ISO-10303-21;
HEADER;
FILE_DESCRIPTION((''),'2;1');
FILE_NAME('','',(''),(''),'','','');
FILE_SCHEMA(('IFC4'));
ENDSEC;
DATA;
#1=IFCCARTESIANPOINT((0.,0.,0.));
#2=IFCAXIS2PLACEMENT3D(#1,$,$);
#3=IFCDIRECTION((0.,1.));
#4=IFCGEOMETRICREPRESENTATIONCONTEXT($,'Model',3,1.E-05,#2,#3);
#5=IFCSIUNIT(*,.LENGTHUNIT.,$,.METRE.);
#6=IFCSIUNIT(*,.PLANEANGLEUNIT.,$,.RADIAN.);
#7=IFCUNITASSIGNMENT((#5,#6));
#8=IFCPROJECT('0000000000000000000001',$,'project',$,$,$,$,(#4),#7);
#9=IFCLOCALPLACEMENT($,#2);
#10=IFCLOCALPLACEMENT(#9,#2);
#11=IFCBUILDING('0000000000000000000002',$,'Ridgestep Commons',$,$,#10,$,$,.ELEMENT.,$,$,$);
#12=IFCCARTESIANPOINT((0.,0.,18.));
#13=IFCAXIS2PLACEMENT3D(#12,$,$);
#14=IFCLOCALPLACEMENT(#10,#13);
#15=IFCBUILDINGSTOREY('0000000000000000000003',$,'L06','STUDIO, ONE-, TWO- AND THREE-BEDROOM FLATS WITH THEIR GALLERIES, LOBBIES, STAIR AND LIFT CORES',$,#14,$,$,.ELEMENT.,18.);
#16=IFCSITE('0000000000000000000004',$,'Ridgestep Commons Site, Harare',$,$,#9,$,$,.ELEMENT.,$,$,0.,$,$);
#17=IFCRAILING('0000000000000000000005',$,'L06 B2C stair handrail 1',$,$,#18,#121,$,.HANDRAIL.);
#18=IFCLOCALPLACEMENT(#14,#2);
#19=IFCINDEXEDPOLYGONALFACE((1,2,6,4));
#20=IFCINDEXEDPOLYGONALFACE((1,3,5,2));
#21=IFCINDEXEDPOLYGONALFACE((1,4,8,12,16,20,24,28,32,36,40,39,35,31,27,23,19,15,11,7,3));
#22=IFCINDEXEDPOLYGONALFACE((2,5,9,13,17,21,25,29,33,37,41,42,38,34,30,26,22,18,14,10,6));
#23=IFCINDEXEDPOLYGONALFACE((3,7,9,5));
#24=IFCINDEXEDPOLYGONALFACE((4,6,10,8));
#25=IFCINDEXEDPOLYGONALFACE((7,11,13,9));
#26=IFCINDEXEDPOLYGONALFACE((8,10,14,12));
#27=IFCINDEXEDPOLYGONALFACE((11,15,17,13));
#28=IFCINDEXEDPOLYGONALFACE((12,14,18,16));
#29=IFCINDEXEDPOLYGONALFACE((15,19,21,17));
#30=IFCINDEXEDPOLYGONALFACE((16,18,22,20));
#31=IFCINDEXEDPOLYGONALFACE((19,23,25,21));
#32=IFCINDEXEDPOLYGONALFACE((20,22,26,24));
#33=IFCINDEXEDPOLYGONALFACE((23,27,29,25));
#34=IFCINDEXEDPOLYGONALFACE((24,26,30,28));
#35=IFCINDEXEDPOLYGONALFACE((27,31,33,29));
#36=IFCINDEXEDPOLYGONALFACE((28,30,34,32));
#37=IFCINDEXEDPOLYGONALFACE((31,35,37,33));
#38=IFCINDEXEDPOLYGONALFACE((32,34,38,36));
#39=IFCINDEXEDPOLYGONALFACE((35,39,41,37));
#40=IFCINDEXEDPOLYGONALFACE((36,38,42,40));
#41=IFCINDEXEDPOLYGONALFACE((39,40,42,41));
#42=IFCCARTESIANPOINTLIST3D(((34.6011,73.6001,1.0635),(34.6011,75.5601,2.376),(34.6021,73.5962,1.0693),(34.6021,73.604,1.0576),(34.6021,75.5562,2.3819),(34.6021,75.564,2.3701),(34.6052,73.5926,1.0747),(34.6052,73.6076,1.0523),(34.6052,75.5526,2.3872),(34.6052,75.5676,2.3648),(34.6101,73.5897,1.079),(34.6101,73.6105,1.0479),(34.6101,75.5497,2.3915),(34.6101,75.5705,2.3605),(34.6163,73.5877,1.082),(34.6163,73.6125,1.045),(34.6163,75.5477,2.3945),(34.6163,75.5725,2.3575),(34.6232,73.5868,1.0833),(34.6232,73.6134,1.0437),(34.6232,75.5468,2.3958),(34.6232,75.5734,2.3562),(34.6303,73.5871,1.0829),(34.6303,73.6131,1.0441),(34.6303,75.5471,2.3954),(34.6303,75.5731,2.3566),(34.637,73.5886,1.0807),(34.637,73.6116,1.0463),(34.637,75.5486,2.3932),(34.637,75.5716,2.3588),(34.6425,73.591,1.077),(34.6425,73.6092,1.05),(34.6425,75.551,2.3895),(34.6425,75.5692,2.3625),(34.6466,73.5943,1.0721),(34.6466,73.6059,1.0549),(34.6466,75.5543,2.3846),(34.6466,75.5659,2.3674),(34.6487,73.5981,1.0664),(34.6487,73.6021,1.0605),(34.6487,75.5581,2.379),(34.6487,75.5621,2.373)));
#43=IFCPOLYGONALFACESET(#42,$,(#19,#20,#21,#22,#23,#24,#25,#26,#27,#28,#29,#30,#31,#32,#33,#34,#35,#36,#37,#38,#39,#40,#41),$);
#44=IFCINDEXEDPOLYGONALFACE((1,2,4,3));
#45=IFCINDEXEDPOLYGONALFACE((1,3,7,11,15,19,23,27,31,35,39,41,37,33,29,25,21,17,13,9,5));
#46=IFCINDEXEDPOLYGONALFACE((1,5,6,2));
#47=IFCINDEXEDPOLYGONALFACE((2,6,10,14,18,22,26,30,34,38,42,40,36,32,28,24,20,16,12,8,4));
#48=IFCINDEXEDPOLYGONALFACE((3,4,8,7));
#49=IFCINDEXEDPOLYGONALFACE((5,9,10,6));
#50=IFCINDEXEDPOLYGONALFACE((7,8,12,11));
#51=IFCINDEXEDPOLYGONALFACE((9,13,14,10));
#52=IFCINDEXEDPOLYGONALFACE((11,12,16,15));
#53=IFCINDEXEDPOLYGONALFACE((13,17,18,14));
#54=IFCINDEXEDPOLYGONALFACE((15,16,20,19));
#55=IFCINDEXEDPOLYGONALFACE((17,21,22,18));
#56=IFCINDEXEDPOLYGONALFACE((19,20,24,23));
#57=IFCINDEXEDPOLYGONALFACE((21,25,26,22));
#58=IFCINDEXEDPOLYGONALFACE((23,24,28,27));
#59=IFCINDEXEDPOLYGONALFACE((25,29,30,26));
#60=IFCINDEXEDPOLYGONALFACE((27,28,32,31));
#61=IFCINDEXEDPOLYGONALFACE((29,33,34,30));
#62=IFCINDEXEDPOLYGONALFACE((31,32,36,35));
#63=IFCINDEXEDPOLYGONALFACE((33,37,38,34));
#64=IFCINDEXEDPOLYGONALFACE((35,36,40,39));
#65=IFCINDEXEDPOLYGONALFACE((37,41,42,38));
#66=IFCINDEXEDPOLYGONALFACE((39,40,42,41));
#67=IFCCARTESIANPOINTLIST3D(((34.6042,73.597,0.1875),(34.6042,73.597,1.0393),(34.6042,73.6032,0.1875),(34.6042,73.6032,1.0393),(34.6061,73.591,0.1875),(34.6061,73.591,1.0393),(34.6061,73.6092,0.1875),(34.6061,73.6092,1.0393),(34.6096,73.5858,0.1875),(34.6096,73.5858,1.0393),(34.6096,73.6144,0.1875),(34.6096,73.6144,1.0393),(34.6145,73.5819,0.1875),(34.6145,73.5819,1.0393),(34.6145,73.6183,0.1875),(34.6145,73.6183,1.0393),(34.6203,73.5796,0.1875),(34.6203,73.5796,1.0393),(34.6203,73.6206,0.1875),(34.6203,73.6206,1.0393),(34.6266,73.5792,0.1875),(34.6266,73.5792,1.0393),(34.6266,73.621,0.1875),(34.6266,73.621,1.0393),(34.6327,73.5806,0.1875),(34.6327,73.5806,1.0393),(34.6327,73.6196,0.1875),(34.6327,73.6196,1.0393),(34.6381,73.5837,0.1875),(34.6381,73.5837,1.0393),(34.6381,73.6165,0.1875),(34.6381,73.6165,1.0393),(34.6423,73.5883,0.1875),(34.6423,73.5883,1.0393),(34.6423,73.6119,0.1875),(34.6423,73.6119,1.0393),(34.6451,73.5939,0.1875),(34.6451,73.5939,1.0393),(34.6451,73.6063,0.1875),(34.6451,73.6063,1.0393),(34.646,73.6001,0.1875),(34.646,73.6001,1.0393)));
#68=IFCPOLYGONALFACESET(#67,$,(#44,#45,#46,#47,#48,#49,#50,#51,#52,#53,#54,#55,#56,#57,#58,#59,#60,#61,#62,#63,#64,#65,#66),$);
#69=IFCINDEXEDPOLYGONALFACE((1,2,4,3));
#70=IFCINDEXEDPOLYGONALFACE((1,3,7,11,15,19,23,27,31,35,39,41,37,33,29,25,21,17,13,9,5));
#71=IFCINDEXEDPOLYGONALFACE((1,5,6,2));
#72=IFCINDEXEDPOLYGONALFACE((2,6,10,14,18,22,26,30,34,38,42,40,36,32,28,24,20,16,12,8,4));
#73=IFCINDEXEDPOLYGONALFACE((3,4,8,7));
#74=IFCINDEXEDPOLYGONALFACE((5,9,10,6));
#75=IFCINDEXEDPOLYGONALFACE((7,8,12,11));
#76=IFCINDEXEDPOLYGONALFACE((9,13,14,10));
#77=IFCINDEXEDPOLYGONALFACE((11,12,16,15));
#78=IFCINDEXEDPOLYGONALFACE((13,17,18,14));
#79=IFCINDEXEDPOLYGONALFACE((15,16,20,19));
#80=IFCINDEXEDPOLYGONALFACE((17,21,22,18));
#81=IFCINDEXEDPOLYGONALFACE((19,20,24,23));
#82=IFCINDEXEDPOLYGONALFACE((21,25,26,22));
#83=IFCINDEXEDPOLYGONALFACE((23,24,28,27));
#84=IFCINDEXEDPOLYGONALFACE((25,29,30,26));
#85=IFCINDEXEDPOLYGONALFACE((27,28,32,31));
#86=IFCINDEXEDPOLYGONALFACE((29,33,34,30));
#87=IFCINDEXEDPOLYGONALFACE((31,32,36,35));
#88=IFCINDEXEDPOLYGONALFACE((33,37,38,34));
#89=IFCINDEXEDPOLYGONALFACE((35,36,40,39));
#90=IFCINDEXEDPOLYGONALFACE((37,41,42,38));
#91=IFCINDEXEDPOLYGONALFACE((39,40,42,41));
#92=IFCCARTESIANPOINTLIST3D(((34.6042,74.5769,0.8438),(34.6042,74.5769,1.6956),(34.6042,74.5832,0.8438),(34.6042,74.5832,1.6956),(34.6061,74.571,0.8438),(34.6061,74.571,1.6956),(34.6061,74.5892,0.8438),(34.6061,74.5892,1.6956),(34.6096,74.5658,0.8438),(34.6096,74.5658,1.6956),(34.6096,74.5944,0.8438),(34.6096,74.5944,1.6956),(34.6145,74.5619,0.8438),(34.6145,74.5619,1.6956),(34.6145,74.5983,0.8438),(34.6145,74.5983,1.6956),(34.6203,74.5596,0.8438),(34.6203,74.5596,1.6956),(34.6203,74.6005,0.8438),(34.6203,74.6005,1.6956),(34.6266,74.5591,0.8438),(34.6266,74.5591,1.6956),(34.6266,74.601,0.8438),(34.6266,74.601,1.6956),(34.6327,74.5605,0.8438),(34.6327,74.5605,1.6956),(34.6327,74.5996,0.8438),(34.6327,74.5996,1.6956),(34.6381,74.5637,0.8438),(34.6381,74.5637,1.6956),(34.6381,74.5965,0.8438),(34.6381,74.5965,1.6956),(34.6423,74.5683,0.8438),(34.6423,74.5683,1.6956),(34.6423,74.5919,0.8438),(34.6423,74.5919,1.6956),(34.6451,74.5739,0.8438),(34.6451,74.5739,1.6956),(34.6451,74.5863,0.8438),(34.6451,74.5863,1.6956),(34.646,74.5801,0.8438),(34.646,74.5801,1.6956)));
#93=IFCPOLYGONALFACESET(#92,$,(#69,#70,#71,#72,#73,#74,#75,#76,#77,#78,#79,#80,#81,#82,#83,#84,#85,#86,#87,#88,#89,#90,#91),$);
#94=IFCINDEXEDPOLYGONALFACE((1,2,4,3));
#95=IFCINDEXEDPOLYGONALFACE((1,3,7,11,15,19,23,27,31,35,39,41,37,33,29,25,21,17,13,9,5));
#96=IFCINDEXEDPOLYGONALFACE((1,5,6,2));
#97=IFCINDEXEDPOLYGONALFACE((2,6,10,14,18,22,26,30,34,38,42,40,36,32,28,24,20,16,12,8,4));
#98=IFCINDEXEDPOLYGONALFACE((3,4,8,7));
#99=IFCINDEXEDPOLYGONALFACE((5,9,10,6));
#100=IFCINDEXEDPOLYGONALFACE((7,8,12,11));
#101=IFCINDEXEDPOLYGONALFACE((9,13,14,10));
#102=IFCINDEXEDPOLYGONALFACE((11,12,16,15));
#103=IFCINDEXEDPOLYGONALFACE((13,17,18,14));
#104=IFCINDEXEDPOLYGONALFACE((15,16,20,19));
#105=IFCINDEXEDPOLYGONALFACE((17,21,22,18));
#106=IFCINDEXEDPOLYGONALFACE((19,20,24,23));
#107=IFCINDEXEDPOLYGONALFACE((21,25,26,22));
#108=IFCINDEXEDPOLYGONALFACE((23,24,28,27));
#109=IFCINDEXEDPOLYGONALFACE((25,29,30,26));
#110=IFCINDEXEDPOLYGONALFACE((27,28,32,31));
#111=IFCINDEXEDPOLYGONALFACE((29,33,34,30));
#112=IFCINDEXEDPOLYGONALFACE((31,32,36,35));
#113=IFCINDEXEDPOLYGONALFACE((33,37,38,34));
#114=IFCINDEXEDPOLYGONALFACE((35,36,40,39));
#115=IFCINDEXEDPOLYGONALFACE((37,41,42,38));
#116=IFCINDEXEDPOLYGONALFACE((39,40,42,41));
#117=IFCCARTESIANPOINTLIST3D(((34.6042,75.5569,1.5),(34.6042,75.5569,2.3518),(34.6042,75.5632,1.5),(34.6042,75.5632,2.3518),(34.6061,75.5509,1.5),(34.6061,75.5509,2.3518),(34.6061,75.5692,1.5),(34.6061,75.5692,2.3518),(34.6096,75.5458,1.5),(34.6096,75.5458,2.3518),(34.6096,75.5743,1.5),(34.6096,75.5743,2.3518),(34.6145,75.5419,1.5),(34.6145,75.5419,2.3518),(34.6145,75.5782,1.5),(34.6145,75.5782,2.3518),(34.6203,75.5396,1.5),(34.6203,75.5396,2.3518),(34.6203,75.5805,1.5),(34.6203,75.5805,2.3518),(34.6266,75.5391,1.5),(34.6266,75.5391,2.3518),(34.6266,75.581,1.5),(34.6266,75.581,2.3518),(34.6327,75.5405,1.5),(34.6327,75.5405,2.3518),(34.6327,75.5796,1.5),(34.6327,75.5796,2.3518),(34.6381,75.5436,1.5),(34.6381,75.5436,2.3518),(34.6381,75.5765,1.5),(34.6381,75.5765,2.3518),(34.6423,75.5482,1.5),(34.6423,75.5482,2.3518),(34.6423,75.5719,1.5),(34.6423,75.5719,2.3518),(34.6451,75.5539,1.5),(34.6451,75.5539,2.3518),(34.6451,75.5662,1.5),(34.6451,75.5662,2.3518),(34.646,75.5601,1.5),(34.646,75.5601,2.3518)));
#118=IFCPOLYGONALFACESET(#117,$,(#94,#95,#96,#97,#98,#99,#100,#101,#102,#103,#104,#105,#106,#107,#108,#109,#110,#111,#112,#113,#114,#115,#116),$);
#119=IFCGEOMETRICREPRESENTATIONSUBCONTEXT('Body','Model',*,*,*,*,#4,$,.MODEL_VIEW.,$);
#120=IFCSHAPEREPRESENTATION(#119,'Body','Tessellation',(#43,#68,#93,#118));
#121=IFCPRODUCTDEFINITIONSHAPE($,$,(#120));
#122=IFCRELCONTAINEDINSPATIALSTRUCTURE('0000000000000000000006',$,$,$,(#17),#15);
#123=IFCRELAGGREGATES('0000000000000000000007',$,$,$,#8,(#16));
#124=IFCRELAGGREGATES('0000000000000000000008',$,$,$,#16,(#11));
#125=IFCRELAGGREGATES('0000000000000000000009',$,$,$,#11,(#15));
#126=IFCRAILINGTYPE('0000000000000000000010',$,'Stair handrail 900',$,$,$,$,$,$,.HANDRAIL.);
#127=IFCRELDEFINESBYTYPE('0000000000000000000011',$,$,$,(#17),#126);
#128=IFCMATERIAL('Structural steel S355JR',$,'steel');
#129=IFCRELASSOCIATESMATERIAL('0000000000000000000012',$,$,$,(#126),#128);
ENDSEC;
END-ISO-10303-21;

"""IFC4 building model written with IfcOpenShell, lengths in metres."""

from ifc_helpers import new_model, si_unit, direction, frame, origin, origin_2d, place, context, subcontext, project, spatial, circle, extrude, material, type_object, element, save


model = new_model("IFC4")

# Units and contexts
model_context = context("Model", 3, precision=1e-05, world=origin(), true_north=direction((0.0, 1.0)))
body_context = subcontext(model_context, "Body", "Model", "MODEL_VIEW")
ifc_project = project(units=[si_unit("LENGTHUNIT", "METRE"), si_unit("PLANEANGLEUNIT", "RADIAN")], contexts=[model_context])

# Site, building, storey
site_placement = place(None, origin())
site = spatial("IfcSite", under=ifc_project, at=site_placement, Name="Ridgestep Commons Site, Harare", CompositionType="ELEMENT", RefElevation=0.0)
building_placement = place(site_placement, origin())
building = spatial("IfcBuilding", under=site, at=building_placement, Name="Ridgestep Commons", CompositionType="ELEMENT")
storey_placement = place(building_placement, frame((0.0, 0.0, 18.0)))
storey = spatial("IfcBuildingStorey", under=building, at=storey_placement, Name="L06", Description="STUDIO, ONE-, TWO- AND THREE-BEDROOM FLATS WITH THEIR GALLERIES, LOBBIES, STAIR AND LIFT CORES", CompositionType="ELEMENT", Elevation=18.0)

# Railing
ifc_material_1 = material(Name="Structural steel S355JR", Category="steel")
railing_type_1 = type_object("IfcRailingType", Name="Stair handrail 900", PredefinedType="HANDRAIL", material=ifc_material_1)
railing_1_placement = place(storey_placement, frame((34.625, 73.6001, 0.1875)))
element("IfcRailing", 1, at=railing_1_placement, inside=storey, type_object=railing_type_1, Name="L06 B2C stair handrail 1", PredefinedType="HANDRAIL", context=body_context, shape_type="SweptSolid", body=[
    extrude(circle(Radius=0.0239, at=origin_2d()), frame((0.0, 0.0, 0.876), z_axis=(0.0, 0.830902, 0.556419), x_axis=(-1.0, 0.0, 0.0)), (0.0, 0.0, 1.0), 2.3589),
    extrude(circle(Radius=0.021, at=origin_2d()), origin(), (0.0, 0.0, 1.0), 0.8518),
    extrude(circle(Radius=0.021, at=origin_2d()), frame((0.0, 0.98, 0.6562)), (0.0, 0.0, 1.0), 0.8518),
    extrude(circle(Radius=0.021, at=origin_2d()), frame((0.0, 1.96, 1.3125)), (0.0, 0.0, 1.0), 0.8518),
])

save(model, "model.ifc")
